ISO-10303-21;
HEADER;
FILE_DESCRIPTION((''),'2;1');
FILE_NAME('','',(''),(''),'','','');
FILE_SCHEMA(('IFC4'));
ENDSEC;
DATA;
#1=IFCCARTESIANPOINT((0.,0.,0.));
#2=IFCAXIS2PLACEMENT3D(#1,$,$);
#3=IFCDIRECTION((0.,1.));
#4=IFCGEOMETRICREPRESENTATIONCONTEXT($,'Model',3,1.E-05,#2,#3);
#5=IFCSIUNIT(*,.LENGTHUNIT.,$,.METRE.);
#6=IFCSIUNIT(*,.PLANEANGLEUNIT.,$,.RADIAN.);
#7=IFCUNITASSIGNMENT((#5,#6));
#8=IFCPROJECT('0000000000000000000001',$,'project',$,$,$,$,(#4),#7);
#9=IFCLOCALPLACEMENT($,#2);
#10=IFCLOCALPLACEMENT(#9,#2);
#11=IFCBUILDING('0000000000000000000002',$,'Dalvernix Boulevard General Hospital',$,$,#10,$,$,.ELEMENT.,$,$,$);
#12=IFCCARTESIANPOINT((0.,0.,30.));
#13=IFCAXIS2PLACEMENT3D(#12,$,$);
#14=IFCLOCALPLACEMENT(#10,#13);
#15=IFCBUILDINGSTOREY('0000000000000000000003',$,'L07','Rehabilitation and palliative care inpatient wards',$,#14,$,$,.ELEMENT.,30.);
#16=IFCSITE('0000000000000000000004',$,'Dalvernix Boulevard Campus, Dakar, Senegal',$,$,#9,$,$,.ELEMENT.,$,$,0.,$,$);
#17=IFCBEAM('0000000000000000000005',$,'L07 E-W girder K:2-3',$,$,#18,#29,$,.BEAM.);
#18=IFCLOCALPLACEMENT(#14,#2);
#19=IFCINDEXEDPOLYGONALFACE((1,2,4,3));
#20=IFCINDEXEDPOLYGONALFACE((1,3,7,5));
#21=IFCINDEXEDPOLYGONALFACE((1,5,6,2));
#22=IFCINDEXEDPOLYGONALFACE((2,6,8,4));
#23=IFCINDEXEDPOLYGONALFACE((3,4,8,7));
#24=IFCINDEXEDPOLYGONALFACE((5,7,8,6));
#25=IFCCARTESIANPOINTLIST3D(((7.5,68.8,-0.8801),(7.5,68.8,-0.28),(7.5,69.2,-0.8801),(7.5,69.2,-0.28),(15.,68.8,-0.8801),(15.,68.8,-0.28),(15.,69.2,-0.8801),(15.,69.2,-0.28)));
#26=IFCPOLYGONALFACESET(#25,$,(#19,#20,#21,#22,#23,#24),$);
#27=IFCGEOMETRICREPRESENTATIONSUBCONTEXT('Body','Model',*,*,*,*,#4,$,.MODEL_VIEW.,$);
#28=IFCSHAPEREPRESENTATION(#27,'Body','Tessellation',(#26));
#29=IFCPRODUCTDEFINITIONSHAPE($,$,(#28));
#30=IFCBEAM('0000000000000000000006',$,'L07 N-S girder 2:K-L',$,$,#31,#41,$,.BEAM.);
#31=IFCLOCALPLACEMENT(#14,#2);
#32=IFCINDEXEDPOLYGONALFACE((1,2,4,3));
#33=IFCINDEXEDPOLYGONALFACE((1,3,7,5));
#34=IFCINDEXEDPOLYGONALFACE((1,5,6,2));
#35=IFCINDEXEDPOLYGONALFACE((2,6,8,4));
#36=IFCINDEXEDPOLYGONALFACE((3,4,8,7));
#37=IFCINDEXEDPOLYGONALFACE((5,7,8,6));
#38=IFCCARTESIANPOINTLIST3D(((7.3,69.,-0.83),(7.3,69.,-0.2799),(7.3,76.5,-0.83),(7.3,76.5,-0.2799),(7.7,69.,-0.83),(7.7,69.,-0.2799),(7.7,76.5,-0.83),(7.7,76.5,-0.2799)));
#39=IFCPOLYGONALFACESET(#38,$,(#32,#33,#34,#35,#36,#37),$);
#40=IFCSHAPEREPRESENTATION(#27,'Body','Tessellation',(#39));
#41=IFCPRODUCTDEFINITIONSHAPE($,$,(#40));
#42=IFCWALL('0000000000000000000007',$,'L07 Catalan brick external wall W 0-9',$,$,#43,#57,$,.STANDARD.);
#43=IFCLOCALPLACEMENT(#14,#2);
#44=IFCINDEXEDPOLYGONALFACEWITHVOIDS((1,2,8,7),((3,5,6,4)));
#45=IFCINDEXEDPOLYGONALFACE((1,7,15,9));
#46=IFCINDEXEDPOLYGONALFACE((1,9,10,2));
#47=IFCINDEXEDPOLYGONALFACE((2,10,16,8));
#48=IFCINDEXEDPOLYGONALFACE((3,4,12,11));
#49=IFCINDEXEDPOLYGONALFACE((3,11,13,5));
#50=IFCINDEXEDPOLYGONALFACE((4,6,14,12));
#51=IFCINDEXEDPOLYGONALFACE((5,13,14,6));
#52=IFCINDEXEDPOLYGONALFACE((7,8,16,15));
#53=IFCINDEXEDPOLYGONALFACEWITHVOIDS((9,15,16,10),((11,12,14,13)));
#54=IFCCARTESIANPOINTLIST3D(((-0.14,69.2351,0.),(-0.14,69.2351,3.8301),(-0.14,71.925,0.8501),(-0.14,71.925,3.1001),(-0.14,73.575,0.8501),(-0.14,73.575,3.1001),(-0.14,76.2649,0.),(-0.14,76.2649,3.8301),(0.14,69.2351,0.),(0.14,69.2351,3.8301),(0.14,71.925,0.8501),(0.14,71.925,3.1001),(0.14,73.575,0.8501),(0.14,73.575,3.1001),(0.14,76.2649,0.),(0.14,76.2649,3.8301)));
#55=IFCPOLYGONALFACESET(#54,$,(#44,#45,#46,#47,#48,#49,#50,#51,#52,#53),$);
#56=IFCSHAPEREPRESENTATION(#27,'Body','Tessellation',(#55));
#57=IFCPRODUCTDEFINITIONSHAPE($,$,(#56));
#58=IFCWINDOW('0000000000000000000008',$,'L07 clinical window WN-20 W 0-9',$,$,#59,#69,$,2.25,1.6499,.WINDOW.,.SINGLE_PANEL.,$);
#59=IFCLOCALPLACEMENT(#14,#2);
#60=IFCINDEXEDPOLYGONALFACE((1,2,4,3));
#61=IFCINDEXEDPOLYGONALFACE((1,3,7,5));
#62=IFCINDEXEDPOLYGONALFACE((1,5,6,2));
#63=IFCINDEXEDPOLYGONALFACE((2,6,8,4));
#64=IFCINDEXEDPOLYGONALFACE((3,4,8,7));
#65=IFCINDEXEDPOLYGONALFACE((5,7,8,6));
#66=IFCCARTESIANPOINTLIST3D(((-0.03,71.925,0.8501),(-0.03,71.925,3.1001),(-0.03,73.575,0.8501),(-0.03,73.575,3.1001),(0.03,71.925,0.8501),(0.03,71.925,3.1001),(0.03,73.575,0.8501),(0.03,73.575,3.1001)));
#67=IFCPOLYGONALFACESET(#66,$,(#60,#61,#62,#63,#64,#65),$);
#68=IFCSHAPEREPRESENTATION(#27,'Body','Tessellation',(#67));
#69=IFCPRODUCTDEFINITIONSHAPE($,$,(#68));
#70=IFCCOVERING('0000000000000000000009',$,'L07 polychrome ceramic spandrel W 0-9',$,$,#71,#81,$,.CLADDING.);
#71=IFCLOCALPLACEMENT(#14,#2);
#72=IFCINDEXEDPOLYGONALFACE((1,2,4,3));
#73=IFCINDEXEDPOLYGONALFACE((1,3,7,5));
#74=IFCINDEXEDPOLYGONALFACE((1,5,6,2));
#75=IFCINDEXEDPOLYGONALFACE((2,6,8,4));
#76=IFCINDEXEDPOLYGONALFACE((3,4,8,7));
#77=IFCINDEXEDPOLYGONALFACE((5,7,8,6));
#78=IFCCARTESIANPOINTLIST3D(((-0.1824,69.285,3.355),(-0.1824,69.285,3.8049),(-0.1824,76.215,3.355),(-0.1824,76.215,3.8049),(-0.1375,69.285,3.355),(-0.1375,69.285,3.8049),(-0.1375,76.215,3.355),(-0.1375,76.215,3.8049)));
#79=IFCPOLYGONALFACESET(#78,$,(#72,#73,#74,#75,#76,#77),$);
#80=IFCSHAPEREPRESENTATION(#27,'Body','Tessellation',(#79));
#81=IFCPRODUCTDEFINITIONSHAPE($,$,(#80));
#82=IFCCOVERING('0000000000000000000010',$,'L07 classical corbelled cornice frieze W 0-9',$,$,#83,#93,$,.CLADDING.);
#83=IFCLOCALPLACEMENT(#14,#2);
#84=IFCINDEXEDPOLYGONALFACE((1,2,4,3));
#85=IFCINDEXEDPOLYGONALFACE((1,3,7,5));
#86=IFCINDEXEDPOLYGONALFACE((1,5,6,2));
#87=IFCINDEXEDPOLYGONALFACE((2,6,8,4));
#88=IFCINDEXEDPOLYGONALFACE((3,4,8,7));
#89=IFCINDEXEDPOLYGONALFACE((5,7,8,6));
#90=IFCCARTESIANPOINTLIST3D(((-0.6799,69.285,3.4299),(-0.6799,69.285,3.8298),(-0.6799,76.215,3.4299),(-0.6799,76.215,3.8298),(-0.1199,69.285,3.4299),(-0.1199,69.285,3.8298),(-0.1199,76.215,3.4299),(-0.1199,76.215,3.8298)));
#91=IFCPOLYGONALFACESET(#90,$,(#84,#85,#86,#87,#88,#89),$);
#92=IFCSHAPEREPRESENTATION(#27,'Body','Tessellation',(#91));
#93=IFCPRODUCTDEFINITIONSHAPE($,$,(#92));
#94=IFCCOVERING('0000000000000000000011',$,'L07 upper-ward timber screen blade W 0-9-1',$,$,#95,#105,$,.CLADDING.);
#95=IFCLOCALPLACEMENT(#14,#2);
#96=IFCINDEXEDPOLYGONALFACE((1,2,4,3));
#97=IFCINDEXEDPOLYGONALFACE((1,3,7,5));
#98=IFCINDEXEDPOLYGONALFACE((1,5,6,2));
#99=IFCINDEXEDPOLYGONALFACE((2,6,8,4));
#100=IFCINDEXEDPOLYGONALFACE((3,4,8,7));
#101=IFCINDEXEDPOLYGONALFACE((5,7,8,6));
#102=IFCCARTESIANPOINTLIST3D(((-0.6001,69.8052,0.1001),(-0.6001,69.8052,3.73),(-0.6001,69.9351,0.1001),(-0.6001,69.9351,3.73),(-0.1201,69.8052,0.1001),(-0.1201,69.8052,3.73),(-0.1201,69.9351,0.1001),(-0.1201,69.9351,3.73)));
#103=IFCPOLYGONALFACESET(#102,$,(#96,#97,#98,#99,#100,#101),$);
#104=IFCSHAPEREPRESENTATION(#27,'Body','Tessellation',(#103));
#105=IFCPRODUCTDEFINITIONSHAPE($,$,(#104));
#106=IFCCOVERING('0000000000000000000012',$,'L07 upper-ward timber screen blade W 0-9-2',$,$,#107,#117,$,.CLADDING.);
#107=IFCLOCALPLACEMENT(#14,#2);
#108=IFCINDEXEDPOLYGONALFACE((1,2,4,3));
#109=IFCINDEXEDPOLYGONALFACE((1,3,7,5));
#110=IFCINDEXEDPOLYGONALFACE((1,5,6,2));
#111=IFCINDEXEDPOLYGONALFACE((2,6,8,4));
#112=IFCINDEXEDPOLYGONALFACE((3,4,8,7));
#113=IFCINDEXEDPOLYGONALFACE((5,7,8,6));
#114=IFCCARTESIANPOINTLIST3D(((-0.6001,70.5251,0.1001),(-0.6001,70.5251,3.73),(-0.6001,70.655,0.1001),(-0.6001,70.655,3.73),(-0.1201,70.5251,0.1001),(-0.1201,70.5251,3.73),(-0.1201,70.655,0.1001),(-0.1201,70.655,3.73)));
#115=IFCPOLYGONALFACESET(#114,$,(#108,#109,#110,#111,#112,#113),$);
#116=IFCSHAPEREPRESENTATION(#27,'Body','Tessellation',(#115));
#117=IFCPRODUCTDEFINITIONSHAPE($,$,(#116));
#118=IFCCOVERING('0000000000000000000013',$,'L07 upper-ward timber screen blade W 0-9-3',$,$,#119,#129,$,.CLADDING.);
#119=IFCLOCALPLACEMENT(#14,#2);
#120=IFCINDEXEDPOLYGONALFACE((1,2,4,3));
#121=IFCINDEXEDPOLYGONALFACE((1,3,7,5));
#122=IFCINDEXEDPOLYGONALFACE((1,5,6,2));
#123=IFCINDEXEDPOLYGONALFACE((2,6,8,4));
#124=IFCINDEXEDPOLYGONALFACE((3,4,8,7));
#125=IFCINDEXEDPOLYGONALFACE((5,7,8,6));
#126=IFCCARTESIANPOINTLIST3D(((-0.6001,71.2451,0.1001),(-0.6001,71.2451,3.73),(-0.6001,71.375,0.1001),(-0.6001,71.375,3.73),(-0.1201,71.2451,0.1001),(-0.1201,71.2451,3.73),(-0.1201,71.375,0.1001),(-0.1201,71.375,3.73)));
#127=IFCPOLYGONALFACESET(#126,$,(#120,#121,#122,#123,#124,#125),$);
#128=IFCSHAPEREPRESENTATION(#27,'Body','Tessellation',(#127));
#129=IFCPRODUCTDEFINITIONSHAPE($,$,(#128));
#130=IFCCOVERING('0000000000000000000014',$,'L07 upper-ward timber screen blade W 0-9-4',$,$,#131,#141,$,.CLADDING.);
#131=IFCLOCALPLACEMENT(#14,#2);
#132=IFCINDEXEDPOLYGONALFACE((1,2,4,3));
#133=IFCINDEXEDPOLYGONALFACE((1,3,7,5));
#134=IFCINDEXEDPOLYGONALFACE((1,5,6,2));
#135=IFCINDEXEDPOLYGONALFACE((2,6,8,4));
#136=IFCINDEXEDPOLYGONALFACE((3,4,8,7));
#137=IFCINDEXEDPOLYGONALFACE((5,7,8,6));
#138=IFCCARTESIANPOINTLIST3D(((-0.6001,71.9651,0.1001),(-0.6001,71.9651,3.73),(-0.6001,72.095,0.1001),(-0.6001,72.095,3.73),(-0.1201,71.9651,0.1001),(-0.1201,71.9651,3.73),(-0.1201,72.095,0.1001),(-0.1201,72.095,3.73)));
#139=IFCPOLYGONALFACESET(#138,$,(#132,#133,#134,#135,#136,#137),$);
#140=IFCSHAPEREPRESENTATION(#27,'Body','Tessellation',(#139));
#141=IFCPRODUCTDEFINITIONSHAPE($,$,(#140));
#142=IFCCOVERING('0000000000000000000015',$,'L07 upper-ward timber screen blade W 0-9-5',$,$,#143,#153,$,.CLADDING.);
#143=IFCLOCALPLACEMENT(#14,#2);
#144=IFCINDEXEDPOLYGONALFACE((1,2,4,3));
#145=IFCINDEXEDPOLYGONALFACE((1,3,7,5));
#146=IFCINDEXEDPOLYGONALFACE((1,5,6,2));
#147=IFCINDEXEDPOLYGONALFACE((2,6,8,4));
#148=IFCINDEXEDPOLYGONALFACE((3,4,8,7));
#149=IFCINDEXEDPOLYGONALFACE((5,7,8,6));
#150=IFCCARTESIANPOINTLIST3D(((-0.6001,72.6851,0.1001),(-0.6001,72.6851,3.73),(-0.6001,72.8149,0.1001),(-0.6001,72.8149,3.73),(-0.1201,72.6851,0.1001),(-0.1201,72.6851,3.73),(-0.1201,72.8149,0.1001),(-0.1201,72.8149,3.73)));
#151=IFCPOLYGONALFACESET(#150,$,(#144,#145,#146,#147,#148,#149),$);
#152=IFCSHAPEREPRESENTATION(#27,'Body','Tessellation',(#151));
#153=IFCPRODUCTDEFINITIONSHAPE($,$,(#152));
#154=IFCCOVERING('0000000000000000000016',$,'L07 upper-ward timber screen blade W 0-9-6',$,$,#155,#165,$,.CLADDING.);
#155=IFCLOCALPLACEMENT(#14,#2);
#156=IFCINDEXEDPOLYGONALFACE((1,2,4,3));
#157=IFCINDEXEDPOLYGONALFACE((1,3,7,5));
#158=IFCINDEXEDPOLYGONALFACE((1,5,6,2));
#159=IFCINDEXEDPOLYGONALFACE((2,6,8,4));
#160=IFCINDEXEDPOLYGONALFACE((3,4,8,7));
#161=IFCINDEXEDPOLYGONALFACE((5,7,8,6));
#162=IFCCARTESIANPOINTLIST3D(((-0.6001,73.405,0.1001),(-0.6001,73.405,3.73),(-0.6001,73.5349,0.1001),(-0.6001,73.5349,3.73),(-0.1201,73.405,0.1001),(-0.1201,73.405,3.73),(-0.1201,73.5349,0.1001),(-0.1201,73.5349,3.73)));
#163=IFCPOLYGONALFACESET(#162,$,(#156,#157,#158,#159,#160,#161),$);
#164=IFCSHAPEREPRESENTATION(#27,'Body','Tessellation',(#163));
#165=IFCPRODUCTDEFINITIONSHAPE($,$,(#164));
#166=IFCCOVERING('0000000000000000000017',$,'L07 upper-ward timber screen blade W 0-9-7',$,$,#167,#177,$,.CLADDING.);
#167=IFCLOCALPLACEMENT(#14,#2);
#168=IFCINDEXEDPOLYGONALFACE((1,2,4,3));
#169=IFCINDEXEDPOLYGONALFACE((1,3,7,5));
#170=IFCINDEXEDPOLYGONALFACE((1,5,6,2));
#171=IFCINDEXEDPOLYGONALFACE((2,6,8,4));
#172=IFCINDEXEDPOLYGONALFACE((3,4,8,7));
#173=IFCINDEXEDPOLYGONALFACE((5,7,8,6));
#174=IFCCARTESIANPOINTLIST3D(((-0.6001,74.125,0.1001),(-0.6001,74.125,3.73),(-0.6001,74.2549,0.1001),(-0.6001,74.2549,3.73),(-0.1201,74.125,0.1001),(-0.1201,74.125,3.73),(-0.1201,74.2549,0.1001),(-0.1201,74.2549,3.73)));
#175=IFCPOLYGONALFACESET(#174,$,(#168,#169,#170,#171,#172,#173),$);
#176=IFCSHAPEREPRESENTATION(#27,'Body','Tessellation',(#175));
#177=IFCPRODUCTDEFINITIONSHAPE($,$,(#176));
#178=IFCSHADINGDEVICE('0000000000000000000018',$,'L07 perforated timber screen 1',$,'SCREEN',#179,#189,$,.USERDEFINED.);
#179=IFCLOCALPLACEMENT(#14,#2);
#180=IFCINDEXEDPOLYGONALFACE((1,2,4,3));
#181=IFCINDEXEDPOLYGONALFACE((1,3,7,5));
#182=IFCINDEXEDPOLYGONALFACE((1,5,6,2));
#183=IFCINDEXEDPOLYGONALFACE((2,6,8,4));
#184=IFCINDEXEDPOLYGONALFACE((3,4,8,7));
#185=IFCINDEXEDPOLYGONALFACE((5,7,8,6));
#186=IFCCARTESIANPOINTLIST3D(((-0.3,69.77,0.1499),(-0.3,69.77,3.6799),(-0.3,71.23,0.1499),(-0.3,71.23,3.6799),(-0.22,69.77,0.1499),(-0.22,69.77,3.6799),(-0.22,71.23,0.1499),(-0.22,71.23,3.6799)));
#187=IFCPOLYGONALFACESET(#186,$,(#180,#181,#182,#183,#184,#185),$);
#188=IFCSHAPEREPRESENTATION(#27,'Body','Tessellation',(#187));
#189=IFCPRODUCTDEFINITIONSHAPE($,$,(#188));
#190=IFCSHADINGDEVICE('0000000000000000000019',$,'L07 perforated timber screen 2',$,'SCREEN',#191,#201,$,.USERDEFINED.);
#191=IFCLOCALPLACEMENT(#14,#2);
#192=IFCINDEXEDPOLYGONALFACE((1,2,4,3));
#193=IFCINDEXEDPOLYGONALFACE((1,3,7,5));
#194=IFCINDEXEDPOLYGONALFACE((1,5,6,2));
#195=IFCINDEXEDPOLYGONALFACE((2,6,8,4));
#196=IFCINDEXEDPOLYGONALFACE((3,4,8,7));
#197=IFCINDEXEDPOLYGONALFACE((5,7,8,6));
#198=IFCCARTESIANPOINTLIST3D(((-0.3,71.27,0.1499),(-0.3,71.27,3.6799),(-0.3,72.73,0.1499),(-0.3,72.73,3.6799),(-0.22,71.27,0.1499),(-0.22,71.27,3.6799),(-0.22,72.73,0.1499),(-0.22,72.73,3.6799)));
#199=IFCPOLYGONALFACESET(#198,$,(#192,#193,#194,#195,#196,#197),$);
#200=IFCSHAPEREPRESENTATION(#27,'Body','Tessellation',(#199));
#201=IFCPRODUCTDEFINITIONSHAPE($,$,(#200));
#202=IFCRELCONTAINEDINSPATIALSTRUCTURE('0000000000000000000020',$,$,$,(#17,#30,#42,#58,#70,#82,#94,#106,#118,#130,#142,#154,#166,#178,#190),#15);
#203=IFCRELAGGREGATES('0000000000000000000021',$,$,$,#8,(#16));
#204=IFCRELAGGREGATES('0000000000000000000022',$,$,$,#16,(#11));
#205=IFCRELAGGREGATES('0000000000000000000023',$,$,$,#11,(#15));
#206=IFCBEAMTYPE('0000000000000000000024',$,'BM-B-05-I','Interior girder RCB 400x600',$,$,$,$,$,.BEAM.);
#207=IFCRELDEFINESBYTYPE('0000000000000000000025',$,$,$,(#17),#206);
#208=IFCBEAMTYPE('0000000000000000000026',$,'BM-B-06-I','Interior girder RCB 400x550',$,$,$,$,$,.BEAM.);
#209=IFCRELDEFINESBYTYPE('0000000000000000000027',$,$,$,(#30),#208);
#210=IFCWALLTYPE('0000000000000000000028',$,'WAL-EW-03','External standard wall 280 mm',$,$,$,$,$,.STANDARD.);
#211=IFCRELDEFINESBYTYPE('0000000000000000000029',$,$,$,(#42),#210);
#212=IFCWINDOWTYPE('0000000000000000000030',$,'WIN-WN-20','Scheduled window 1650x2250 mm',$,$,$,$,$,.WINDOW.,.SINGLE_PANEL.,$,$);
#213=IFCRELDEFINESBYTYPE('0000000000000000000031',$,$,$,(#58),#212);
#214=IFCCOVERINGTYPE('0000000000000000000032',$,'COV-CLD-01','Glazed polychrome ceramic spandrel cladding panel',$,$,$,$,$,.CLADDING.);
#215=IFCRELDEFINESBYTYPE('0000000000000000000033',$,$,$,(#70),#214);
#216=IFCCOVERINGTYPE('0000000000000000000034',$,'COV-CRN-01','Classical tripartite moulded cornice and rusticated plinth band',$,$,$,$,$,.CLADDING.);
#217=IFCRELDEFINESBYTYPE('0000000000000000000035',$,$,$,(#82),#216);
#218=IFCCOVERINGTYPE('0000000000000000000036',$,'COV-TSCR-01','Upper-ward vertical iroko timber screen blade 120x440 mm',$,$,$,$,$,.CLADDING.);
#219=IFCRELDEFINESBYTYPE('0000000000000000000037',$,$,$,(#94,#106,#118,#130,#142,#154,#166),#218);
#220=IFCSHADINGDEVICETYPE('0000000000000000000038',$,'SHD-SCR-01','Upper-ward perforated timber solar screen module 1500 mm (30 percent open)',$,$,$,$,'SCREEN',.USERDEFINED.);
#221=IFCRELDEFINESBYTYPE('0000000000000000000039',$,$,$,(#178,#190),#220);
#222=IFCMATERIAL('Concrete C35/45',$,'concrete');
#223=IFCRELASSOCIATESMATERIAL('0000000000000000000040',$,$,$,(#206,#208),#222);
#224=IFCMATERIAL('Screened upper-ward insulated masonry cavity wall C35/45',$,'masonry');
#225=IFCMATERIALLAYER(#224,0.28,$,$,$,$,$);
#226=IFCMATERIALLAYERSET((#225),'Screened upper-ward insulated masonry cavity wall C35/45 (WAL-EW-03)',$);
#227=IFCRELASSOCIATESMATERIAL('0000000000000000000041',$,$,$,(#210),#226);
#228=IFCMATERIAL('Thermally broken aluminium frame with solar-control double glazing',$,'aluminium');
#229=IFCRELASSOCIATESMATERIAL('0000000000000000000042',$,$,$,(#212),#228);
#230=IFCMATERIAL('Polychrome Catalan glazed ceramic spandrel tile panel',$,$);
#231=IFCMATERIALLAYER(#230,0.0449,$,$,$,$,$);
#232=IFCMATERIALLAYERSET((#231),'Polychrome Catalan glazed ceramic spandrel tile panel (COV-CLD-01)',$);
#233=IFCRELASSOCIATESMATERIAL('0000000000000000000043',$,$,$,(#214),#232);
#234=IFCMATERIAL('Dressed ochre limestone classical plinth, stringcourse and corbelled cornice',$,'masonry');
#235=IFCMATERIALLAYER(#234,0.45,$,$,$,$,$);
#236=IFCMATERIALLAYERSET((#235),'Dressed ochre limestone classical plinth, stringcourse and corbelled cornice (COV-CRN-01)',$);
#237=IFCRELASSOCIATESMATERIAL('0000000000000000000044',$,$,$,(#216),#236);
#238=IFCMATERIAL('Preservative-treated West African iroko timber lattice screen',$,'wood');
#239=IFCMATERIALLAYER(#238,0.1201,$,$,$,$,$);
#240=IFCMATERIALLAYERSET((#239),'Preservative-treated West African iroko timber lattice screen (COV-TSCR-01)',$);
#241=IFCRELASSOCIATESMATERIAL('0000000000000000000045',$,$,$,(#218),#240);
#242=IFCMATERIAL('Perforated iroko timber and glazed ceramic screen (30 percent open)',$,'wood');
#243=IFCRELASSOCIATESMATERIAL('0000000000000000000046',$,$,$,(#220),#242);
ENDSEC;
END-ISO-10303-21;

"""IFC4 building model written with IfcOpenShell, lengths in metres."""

from ifc_helpers import new_model, si_unit, direction, frame, frame_2d, origin, origin_2d, place, context, subcontext, project, spatial, rectangle, extrude, material, layer, layer_set, material_profile, profile_set, type_object, element, fill, save


model = new_model("IFC4")

# Units and contexts
model_context = context("Model", 3, precision=1e-05, world=origin(), true_north=direction((0.0, 1.0)))
body_context = subcontext(model_context, "Body", "Model", "MODEL_VIEW")
ifc_project = project(units=[si_unit("LENGTHUNIT", "METRE"), si_unit("PLANEANGLEUNIT", "RADIAN")], contexts=[model_context])

# Site, building, storey
site_placement = place(None, origin())
site = spatial("IfcSite", under=ifc_project, at=site_placement, Name="Dalvernix Boulevard Campus, Dakar, Senegal", CompositionType="ELEMENT", RefElevation=0.0)
building_placement = place(site_placement, origin())
building = spatial("IfcBuilding", under=site, at=building_placement, Name="Dalvernix Boulevard General Hospital", CompositionType="ELEMENT")
storey_placement = place(building_placement, frame((0.0, 0.0, 30.0)))
storey = spatial("IfcBuildingStorey", under=building, at=storey_placement, Name="L07", Description="Rehabilitation and palliative care inpatient wards", CompositionType="ELEMENT", Elevation=30.0)

# Beams
ifc_material_1 = material(Name="Concrete C35/45", Category="concrete")
ifc_material_profile_1 = material_profile(ifc_material_1, rectangle(XDim=0.3999, YDim=0.6001, at=origin_2d()), Name="RCB 400x600")
ifc_profile_set_1 = profile_set([ifc_material_profile_1], Name="Concrete C35/45")
beam_type_1 = type_object("IfcBeamType", Name="BM-B-05-I", Description="Interior girder RCB 400x600", PredefinedType="BEAM", material=ifc_profile_set_1)
beam_1_placement = place(storey_placement, frame((7.5, 69.0, -0.5801), z_axis=(1.0, 0.0, 0.0), x_axis=(0.0, 1.0, 0.0)))
element("IfcBeam", 1, at=beam_1_placement, inside=storey, type_object=beam_type_1, Name="L07 E-W girder K:2-3", PredefinedType="BEAM", context=body_context, shape_type="SweptSolid", body=[
    extrude(rectangle(XDim=0.3999, YDim=0.6001, at=origin_2d()), origin(), (0.0, 0.0, 1.0), 7.5),
])
ifc_material_profile_2 = material_profile(ifc_material_1, rectangle(XDim=0.3999, YDim=0.55, at=origin_2d()), Name="RCB 400x550")
ifc_profile_set_2 = profile_set([ifc_material_profile_2], Name="Concrete C35/45")
beam_type_2 = type_object("IfcBeamType", Name="BM-B-06-I", Description="Interior girder RCB 400x550", PredefinedType="BEAM", material=ifc_profile_set_2)
beam_2_placement = place(storey_placement, frame((7.5, 69.0, -0.5549), z_axis=(0.0, 1.0, 0.0), x_axis=(-1.0, 0.0, 0.0)))
element("IfcBeam", 2, at=beam_2_placement, inside=storey, type_object=beam_type_2, Name="L07 N-S girder 2:K-L", PredefinedType="BEAM", context=body_context, shape_type="SweptSolid", body=[
    extrude(rectangle(XDim=0.3999, YDim=0.55, at=origin_2d()), origin(), (0.0, 0.0, 1.0), 7.5),
])

# Wall, opening, window
ifc_material_2 = material(Name="Screened upper-ward insulated masonry cavity wall C35/45", Category="masonry")
ifc_layer_1 = layer(ifc_material_2, 0.28)
ifc_layer_set_1 = layer_set([ifc_layer_1], Name="Screened upper-ward insulated masonry cavity wall C35/45 (WAL-EW-03)")
wall_type = type_object("IfcWallType", Name="WAL-EW-03", Description="External standard wall 280 mm", PredefinedType="STANDARD", material=ifc_layer_set_1)
wall_placement = place(storey_placement, frame((0.0, 69.2351, 0.0), z_axis=(0.0, 0.0, 1.0), x_axis=(0.0, 1.0, 0.0)))
wall = element("IfcWall", 3, at=wall_placement, inside=storey, type_object=wall_type, Name="L07 Catalan brick external wall W 0-9", PredefinedType="STANDARD", context=body_context, shape_type="SweptSolid", body=[
    extrude(rectangle(XDim=7.0298, YDim=0.28, at=frame_2d((3.5149, 0.0))), origin(), (0.0, 0.0, 1.0), 3.8301),
])
opening_placement = place(wall_placement, frame((2.6899, 0.0, 0.8501)))
opening = element("IfcOpeningElement", 4, at=opening_placement, cuts=wall, PredefinedType="OPENING", context=body_context, shape_type="SweptSolid", body=[
    extrude(rectangle(XDim=1.6499, YDim=2.25, at=frame_2d((0.825, 1.125))), frame((0.0, 0.1499, 0.0), z_axis=(0.0, -1.0, 0.0), x_axis=(1.0, 0.0, 0.0)), (0.0, 0.0, 1.0), 0.3),
])
ifc_material_3 = material(Name="Thermally broken aluminium frame with solar-control double glazing", Category="aluminium")
window_type = type_object("IfcWindowType", Name="WIN-WN-20", Description="Scheduled window 1650x2250 mm", PartitioningType="SINGLE_PANEL", PredefinedType="WINDOW", material=ifc_material_3)
window_placement = place(opening_placement, origin())
window = element("IfcWindow", 5, at=window_placement, inside=storey, type_object=window_type, Name="L07 clinical window WN-20 W 0-9", OverallHeight=2.25, OverallWidth=1.6499, PartitioningType="SINGLE_PANEL", PredefinedType="WINDOW", context=body_context, shape_type="SweptSolid", body=[
    extrude(rectangle(XDim=1.6499, YDim=2.25, at=frame_2d((0.825, 1.125))), frame((0.0, 0.03, 0.0), z_axis=(0.0, -1.0, 0.0), x_axis=(1.0, 0.0, 0.0)), (0.0, 0.0, 1.0), 0.0601),
])
fill(opening, window)

# Coverings
ifc_material_4 = material(Name="Polychrome Catalan glazed ceramic spandrel tile panel")
ifc_layer_2 = layer(ifc_material_4, 0.0449)
ifc_layer_set_2 = layer_set([ifc_layer_2], Name="Polychrome Catalan glazed ceramic spandrel tile panel (COV-CLD-01)")
covering_type_1 = type_object("IfcCoveringType", Name="COV-CLD-01", Description="Glazed polychrome ceramic spandrel cladding panel", PredefinedType="CLADDING", material=ifc_layer_set_2)
covering_1_placement = place(storey_placement, frame((-0.1599, 72.75, 3.355), z_axis=(0.0, 0.0, 1.0), x_axis=(0.0, 1.0, 0.0)))
element("IfcCovering", 6, at=covering_1_placement, inside=storey, type_object=covering_type_1, Name="L07 polychrome ceramic spandrel W 0-9", PredefinedType="CLADDING", context=body_context, shape_type="SweptSolid", body=[
    extrude(rectangle(XDim=6.9299, YDim=0.0449, at=origin_2d()), origin(), (0.0, 0.0, 1.0), 0.45),
])
ifc_material_5 = material(Name="Dressed ochre limestone classical plinth, stringcourse and corbelled cornice", Category="masonry")
ifc_layer_3 = layer(ifc_material_5, 0.45)
ifc_layer_set_3 = layer_set([ifc_layer_3], Name="Dressed ochre limestone classical plinth, stringcourse and corbelled cornice (COV-CRN-01)")
covering_type_2 = type_object("IfcCoveringType", Name="COV-CRN-01", Description="Classical tripartite moulded cornice and rusticated plinth band", PredefinedType="CLADDING", material=ifc_layer_set_3)
covering_2_placement = place(storey_placement, frame((-0.3999, 72.75, 3.4299), z_axis=(0.0, 0.0, 1.0), x_axis=(0.0, 1.0, 0.0)))
element("IfcCovering", 7, at=covering_2_placement, inside=storey, type_object=covering_type_2, Name="L07 classical corbelled cornice frieze W 0-9", PredefinedType="CLADDING", context=body_context, shape_type="SweptSolid", body=[
    extrude(rectangle(XDim=6.9299, YDim=0.5601, at=origin_2d()), origin(), (0.0, 0.0, 1.0), 0.3999),
])
ifc_material_6 = material(Name="Preservative-treated West African iroko timber lattice screen", Category="wood")
ifc_layer_4 = layer(ifc_material_6, 0.1201)
ifc_layer_set_4 = layer_set([ifc_layer_4], Name="Preservative-treated West African iroko timber lattice screen (COV-TSCR-01)")
covering_type_3 = type_object("IfcCoveringType", Name="COV-TSCR-01", Description="Upper-ward vertical iroko timber screen blade 120x440 mm", PredefinedType="CLADDING", material=ifc_layer_set_4)
for number, where, z_axis, x_axis, name in (
    (8, (-0.3601, 69.8701, 0.1001), (0.0, 0.0, 1.0), (0.0, 1.0, 0.0), "L07 upper-ward timber screen blade W 0-9-1"),
    (9, (-0.3601, 70.5901, 0.1001), (0.0, 0.0, 1.0), (0.0, 1.0, 0.0), "L07 upper-ward timber screen blade W 0-9-2"),
    (10, (-0.3601, 71.3101, 0.1001), (0.0, 0.0, 1.0), (0.0, 1.0, 0.0), "L07 upper-ward timber screen blade W 0-9-3"),
    (11, (-0.3601, 72.03, 0.1001), (0.0, 0.0, 1.0), (0.0, 1.0, 0.0), "L07 upper-ward timber screen blade W 0-9-4"),
    (12, (-0.3601, 72.75, 0.1001), (0.0, 0.0, 1.0), (0.0, 1.0, 0.0), "L07 upper-ward timber screen blade W 0-9-5"),
    (13, (-0.3601, 73.47, 0.1001), (0.0, 0.0, 1.0), (0.0, 1.0, 0.0), "L07 upper-ward timber screen blade W 0-9-6"),
    (14, (-0.3601, 74.1899, 0.1001), (0.0, 0.0, 1.0), (0.0, 1.0, 0.0), "L07 upper-ward timber screen blade W 0-9-7"),
):
    element("IfcCovering", number, at=place(storey_placement, frame(where, z_axis=z_axis, x_axis=x_axis)), inside=storey, type_object=covering_type_3, Name=name, PredefinedType="CLADDING", context=body_context, shape_type="SweptSolid", body=[
        extrude(rectangle(XDim=0.1299, YDim=0.48, at=origin_2d()), origin(), (0.0, 0.0, 1.0), 3.6299),
    ])

# Shading devices
ifc_material_7 = material(Name="Perforated iroko timber and glazed ceramic screen (30 percent open)", Category="wood")
shading_device_type = type_object("IfcShadingDeviceType", Name="SHD-SCR-01", Description="Upper-ward perforated timber solar screen module 1500 mm (30 percent open)", ElementType="SCREEN", PredefinedType="USERDEFINED", material=ifc_material_7)
for number, where, z_axis, x_axis, name in (
    (15, (-0.26, 70.5, 0.1499), (0.0, 0.0, 1.0), (0.0, 1.0, 0.0), "L07 perforated timber screen 1"),
    (16, (-0.26, 72.0, 0.1499), (0.0, 0.0, 1.0), (0.0, 1.0, 0.0), "L07 perforated timber screen 2"),
):
    element("IfcShadingDevice", number, at=place(storey_placement, frame(where, z_axis=z_axis, x_axis=x_axis)), inside=storey, type_object=shading_device_type, Name=name, ObjectType="SCREEN", PredefinedType="USERDEFINED", context=body_context, shape_type="SweptSolid", body=[
        extrude(rectangle(XDim=1.46, YDim=0.0801, at=origin_2d()), origin(), (0.0, 0.0, 1.0), 3.53),
    ])

save(model, "model.ifc")
